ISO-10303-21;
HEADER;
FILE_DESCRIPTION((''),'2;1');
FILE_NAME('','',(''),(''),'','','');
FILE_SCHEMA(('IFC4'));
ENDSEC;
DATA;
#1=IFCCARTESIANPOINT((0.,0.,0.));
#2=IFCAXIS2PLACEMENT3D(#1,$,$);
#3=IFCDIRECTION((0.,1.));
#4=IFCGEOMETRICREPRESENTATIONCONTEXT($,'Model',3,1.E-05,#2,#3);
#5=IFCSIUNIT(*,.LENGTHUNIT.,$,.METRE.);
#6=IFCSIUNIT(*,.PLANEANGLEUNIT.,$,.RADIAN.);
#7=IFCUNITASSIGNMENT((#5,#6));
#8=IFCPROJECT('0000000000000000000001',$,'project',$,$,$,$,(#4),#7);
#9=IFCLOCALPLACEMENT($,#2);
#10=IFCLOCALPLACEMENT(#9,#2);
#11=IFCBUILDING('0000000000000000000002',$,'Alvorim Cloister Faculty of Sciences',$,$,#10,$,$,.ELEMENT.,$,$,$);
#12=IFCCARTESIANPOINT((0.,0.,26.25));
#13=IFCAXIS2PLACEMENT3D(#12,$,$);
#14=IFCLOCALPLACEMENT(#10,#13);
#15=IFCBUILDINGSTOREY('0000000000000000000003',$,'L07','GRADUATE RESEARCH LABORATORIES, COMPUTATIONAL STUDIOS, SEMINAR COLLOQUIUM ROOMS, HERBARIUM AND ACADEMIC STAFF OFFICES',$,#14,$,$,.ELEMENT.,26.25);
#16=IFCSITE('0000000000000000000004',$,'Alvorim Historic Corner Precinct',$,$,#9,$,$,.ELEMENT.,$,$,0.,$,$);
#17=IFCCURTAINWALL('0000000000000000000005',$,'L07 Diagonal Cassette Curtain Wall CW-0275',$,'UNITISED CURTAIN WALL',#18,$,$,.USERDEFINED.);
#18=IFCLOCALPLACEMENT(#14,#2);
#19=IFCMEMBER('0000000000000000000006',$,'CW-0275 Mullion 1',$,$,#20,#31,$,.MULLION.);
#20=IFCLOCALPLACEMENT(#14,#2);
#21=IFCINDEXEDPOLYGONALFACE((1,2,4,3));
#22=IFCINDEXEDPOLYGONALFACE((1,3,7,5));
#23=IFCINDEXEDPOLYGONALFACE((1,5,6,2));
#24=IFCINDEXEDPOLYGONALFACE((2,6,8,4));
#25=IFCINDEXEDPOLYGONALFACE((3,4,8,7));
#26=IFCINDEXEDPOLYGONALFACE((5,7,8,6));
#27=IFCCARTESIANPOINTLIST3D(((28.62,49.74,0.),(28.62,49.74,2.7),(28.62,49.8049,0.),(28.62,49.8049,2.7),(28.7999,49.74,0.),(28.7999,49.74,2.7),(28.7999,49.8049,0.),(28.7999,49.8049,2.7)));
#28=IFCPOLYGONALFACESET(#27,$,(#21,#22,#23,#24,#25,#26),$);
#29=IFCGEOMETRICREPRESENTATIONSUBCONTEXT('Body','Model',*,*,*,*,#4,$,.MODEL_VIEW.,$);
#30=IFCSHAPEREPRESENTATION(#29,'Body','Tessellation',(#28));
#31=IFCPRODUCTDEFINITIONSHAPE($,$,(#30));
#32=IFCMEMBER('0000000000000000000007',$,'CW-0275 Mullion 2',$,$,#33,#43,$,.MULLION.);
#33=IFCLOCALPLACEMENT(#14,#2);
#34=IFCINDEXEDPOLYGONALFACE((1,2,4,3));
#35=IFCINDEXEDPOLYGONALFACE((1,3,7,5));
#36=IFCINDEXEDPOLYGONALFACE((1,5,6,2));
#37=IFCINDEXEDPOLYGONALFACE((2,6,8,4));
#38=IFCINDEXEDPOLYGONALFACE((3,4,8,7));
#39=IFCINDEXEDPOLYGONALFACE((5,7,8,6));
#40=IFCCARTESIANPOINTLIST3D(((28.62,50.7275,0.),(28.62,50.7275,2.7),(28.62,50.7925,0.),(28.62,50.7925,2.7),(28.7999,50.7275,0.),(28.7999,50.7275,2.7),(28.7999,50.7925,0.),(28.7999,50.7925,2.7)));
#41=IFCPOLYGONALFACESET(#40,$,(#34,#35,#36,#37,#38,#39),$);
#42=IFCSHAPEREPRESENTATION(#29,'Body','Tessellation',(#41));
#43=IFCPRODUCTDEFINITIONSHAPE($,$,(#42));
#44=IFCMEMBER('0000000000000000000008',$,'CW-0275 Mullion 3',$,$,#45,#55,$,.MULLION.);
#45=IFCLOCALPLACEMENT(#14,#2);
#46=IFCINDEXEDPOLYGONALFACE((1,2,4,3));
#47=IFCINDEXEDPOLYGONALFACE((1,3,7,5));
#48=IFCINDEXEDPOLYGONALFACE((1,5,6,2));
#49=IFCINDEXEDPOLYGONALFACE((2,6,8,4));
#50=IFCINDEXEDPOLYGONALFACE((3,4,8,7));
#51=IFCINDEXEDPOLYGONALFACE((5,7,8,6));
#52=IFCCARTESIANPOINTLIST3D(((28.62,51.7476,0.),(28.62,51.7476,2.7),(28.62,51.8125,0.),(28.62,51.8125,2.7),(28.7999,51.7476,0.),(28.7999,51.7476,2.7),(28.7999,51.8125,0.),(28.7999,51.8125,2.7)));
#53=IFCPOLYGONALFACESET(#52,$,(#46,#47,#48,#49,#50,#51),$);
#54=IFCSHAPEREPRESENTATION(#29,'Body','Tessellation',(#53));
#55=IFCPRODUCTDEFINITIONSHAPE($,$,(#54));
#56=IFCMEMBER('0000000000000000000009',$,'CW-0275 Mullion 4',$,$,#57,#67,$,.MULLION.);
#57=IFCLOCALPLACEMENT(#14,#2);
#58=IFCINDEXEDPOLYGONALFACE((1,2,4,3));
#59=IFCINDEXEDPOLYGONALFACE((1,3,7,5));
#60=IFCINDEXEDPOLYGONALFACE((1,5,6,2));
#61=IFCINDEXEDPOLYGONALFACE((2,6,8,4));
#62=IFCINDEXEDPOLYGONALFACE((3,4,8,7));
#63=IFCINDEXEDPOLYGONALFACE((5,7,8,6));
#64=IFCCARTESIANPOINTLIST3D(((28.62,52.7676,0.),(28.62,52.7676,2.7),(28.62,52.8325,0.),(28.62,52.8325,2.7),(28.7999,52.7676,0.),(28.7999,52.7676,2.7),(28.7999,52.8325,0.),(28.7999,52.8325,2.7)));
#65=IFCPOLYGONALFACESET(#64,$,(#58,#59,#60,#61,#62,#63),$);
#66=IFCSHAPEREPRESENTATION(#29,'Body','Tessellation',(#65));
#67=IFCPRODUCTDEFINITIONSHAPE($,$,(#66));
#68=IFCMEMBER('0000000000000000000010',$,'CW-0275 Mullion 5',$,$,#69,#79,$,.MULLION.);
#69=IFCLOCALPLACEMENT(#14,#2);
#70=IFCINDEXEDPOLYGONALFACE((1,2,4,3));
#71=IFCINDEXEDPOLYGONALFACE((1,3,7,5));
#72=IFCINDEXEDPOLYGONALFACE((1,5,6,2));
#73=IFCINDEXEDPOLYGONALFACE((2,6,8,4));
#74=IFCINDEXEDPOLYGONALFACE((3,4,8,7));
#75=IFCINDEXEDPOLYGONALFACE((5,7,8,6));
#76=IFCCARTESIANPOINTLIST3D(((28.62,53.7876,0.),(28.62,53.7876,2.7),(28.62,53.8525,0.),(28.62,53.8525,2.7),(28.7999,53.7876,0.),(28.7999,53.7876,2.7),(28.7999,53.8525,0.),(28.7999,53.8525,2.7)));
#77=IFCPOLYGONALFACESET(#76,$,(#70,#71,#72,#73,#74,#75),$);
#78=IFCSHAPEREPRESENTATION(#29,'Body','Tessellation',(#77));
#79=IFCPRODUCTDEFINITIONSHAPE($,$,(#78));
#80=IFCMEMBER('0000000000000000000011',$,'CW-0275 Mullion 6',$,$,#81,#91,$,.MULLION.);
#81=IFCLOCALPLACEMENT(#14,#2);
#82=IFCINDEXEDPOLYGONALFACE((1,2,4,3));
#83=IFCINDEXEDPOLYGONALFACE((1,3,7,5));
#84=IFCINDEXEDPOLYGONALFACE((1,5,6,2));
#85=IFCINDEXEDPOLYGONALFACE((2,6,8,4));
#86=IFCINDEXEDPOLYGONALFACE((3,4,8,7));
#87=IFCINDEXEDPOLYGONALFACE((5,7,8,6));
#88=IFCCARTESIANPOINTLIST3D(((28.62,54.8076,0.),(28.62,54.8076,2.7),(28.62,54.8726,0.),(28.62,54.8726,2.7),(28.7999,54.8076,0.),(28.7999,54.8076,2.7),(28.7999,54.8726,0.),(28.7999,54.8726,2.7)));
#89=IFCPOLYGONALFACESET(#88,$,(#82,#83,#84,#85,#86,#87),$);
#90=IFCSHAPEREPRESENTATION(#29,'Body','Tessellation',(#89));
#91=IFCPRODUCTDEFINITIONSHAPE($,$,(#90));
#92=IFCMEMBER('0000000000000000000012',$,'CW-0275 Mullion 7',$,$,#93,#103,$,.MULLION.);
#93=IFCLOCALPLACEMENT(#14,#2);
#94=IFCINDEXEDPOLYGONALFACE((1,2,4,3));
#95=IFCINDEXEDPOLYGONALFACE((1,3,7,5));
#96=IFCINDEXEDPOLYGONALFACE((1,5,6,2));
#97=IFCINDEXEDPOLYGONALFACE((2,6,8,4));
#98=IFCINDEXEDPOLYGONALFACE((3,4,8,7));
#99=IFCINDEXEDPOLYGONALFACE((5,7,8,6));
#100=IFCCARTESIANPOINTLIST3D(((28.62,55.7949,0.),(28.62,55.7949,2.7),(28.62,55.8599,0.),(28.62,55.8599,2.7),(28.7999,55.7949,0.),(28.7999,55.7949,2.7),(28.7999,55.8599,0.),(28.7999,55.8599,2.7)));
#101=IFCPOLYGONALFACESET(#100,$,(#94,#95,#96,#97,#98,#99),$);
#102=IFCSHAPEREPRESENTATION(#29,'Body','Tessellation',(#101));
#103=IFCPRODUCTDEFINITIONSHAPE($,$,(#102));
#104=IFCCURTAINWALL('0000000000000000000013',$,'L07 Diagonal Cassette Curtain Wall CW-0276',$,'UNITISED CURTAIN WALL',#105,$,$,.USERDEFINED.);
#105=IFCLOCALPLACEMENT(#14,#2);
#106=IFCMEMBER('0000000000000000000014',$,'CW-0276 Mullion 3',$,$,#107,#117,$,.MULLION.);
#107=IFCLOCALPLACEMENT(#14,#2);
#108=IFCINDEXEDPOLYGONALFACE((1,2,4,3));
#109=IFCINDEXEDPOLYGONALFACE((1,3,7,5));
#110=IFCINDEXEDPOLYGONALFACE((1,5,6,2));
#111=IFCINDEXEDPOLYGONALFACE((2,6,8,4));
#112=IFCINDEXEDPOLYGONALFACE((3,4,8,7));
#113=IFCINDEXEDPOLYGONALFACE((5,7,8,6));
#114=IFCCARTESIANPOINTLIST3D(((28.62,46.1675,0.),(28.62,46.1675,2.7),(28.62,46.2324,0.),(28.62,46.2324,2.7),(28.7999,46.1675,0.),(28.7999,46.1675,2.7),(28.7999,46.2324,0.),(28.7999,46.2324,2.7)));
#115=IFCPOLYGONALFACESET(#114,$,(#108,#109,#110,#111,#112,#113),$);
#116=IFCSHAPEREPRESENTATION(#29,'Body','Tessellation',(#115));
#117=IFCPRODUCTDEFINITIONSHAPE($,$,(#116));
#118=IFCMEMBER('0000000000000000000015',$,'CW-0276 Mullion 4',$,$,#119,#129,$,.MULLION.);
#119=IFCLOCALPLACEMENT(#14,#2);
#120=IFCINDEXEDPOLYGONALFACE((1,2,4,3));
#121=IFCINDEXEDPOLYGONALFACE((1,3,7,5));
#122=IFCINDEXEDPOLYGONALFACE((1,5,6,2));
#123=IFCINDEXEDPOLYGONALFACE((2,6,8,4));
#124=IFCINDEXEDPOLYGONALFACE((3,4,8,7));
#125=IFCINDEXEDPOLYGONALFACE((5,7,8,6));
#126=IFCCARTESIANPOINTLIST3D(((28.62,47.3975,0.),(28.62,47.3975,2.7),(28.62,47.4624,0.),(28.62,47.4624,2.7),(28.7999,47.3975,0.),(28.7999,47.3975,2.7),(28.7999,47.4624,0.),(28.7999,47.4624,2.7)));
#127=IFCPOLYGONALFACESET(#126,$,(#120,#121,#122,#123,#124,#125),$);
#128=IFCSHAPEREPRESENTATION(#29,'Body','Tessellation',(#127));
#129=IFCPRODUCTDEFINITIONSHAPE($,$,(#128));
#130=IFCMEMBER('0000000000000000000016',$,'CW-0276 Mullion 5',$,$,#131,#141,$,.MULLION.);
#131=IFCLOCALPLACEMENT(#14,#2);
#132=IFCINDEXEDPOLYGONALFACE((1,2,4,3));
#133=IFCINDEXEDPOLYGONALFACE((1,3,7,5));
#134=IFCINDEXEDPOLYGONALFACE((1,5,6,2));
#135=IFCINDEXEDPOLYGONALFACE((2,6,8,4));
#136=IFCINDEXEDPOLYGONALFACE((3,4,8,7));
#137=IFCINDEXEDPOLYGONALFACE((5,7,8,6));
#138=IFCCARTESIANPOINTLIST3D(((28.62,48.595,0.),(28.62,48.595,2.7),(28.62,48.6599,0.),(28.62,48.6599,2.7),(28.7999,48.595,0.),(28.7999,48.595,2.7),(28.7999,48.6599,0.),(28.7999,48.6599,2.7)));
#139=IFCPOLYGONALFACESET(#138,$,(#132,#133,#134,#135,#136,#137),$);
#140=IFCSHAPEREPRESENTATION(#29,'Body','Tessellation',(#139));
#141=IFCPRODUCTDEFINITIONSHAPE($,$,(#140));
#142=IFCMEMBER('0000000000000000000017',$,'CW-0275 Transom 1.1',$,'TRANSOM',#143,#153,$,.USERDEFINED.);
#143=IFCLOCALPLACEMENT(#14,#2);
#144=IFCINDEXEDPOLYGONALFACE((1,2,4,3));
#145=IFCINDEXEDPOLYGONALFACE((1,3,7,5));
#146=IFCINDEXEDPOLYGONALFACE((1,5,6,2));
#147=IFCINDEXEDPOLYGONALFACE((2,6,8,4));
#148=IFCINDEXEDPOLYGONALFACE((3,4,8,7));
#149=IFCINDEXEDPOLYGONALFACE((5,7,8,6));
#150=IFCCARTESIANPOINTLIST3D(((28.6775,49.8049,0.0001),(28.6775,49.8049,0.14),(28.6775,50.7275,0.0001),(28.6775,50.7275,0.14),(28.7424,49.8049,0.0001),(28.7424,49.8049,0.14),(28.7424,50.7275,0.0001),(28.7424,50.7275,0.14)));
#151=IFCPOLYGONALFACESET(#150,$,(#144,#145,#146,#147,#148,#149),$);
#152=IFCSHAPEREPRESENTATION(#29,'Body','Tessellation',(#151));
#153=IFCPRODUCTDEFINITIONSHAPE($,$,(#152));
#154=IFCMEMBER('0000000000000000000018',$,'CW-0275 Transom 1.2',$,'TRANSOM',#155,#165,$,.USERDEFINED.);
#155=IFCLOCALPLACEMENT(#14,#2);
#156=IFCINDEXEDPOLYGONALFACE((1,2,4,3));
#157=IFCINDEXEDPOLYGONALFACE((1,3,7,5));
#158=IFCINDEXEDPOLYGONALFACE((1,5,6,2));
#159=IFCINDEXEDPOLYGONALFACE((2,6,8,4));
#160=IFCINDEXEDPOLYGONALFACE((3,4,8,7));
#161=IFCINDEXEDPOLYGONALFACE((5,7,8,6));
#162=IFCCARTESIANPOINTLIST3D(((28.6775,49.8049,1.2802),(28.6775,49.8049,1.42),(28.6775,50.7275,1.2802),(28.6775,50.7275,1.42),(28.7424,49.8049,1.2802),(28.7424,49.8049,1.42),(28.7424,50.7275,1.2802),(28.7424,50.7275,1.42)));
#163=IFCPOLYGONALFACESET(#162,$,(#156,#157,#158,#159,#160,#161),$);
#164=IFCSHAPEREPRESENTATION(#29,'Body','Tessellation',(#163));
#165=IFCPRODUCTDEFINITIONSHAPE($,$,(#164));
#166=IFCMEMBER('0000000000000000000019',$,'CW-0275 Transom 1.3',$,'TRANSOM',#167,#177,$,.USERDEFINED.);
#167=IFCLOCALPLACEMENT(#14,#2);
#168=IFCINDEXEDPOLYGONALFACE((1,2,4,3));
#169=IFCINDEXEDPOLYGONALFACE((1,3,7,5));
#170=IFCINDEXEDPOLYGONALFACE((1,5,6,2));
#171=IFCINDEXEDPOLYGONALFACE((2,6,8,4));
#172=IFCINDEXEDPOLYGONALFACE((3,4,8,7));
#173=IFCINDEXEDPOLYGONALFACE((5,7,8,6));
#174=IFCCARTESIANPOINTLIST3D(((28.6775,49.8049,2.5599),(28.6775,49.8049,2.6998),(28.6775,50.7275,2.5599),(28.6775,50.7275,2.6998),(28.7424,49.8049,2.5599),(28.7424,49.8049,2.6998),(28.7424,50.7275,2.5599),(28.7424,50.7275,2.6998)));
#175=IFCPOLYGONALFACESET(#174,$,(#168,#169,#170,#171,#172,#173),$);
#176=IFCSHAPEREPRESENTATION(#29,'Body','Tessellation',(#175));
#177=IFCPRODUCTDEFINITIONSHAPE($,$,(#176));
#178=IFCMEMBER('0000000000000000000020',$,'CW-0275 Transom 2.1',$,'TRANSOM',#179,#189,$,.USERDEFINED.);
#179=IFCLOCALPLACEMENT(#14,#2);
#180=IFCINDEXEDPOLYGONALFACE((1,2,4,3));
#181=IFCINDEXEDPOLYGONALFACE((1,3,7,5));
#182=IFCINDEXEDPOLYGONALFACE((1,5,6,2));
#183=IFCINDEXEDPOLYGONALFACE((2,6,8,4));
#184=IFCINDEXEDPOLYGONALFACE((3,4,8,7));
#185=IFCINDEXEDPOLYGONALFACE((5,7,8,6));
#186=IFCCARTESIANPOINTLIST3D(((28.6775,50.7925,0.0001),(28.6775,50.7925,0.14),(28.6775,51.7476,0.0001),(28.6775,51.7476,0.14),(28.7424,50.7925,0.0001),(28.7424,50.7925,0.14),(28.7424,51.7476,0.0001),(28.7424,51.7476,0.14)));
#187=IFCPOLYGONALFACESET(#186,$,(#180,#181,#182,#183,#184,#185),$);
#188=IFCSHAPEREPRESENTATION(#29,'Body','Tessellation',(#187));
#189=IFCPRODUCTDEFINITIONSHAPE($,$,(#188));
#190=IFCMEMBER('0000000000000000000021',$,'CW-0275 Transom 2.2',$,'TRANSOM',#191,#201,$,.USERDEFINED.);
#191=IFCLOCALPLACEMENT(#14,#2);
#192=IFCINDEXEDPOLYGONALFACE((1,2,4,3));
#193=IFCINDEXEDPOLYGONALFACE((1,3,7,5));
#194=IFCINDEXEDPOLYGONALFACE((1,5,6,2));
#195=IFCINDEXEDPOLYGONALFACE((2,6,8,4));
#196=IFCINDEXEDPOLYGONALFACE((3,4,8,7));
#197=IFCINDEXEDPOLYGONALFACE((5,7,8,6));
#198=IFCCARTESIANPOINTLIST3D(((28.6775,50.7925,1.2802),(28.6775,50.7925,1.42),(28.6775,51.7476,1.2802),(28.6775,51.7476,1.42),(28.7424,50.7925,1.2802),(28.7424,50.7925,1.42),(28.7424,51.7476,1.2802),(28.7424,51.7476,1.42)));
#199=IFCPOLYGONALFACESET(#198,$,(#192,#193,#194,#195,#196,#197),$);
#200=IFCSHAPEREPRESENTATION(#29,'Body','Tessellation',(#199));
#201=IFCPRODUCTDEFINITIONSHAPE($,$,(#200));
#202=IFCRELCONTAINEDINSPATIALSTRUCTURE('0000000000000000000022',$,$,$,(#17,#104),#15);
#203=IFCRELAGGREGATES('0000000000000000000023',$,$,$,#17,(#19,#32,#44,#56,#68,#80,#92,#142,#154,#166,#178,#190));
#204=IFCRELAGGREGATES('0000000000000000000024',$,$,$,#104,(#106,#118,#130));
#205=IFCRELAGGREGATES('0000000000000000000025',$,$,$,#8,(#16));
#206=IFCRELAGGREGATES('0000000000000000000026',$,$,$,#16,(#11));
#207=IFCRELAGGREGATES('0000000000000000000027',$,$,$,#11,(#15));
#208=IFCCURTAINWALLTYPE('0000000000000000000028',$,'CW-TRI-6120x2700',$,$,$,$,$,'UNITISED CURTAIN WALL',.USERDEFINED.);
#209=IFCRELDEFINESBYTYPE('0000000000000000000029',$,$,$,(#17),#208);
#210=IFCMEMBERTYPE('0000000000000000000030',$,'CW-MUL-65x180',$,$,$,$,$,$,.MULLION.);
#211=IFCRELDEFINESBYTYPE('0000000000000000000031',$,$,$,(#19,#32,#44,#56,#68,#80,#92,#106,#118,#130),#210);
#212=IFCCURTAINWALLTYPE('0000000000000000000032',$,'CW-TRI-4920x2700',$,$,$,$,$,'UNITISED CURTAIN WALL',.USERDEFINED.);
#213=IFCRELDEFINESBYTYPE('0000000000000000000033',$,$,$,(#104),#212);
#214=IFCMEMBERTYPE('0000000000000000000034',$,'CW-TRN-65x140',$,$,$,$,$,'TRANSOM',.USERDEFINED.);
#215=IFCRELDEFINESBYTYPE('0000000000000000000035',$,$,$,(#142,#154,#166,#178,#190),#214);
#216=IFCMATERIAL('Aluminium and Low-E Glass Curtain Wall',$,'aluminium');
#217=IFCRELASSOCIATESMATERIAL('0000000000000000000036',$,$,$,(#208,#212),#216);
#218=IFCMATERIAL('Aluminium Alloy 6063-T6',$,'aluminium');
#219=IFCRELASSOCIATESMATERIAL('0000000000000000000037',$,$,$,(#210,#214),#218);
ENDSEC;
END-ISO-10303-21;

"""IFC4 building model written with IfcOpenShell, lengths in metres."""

from ifc_helpers import new_model, si_unit, direction, frame, origin, origin_2d, place, context, subcontext, project, spatial, rectangle, extrude, material, material_profile, profile_set, type_object, element, aggregate, save


model = new_model("IFC4")

# Units and contexts
model_context = context("Model", 3, precision=1e-05, world=origin(), true_north=direction((0.0, 1.0)))
body_context = subcontext(model_context, "Body", "Model", "MODEL_VIEW")
ifc_project = project(units=[si_unit("LENGTHUNIT", "METRE"), si_unit("PLANEANGLEUNIT", "RADIAN")], contexts=[model_context])

# Site, building, storey
site_placement = place(None, origin())
site = spatial("IfcSite", under=ifc_project, at=site_placement, Name="Alvorim Historic Corner Precinct", CompositionType="ELEMENT", RefElevation=0.0)
building_placement = place(site_placement, origin())
building = spatial("IfcBuilding", under=site, at=building_placement, Name="Alvorim Cloister Faculty of Sciences", CompositionType="ELEMENT")
storey_placement = place(building_placement, frame((0.0, 0.0, 26.25)))
storey = spatial("IfcBuildingStorey", under=building, at=storey_placement, Name="L07", Description="GRADUATE RESEARCH LABORATORIES, COMPUTATIONAL STUDIOS, SEMINAR COLLOQUIUM ROOMS, HERBARIUM AND ACADEMIC STAFF OFFICES", CompositionType="ELEMENT", Elevation=26.25)

# Curtain walls, members
ifc_material_1 = material(Name="Aluminium and Low-E Glass Curtain Wall", Category="aluminium")
curtain_wall_type_1 = type_object("IfcCurtainWallType", Name="CW-TRI-6120x2700", ElementType="UNITISED CURTAIN WALL", PredefinedType="USERDEFINED", material=ifc_material_1)
curtain_wall_1_placement = place(storey_placement, origin())
curtain_wall_1 = element("IfcCurtainWall", 1, at=curtain_wall_1_placement, inside=storey, type_object=curtain_wall_type_1, Name="L07 Diagonal Cassette Curtain Wall CW-0275", ObjectType="UNITISED CURTAIN WALL", PredefinedType="USERDEFINED")
ifc_material_2 = material(Name="Aluminium Alloy 6063-T6", Category="aluminium")
ifc_material_profile_1 = material_profile(ifc_material_2, rectangle(XDim=0.0649, YDim=0.1799, at=origin_2d()), Name="ALU-MUL-65x180")
ifc_profile_set_1 = profile_set([ifc_material_profile_1], Name="Aluminium Alloy 6063-T6")
member_type_1 = type_object("IfcMemberType", Name="CW-MUL-65x180", PredefinedType="MULLION", material=ifc_profile_set_1)
member_1_placement = place(storey_placement, frame((28.71, 49.7725, 0.0), z_axis=(0.0, 0.0, 1.0), x_axis=(0.0, 1.0, 0.0)))
member_1 = element("IfcMember", 2, at=member_1_placement, type_object=member_type_1, Name="CW-0275 Mullion 1", PredefinedType="MULLION", context=body_context, shape_type="SweptSolid", body=[
    extrude(rectangle(XDim=0.0649, YDim=0.1799, at=origin_2d()), origin(), (0.0, 0.0, 1.0), 2.7),
])
member_2_placement = place(storey_placement, frame((28.71, 50.76, 0.0), z_axis=(0.0, 0.0, 1.0), x_axis=(0.0, 1.0, 0.0)))
member_2 = element("IfcMember", 3, at=member_2_placement, type_object=member_type_1, Name="CW-0275 Mullion 2", PredefinedType="MULLION", context=body_context, shape_type="SweptSolid", body=[
    extrude(rectangle(XDim=0.0649, YDim=0.1799, at=origin_2d()), origin(), (0.0, 0.0, 1.0), 2.7),
])
member_3_placement = place(storey_placement, frame((28.71, 51.78, 0.0), z_axis=(0.0, 0.0, 1.0), x_axis=(0.0, 1.0, 0.0)))
member_3 = element("IfcMember", 4, at=member_3_placement, type_object=member_type_1, Name="CW-0275 Mullion 3", PredefinedType="MULLION", context=body_context, shape_type="SweptSolid", body=[
    extrude(rectangle(XDim=0.0649, YDim=0.1799, at=origin_2d()), origin(), (0.0, 0.0, 1.0), 2.7),
])
member_4_placement = place(storey_placement, frame((28.71, 52.8, 0.0), z_axis=(0.0, 0.0, 1.0), x_axis=(0.0, 1.0, 0.0)))
member_4 = element("IfcMember", 5, at=member_4_placement, type_object=member_type_1, Name="CW-0275 Mullion 4", PredefinedType="MULLION", context=body_context, shape_type="SweptSolid", body=[
    extrude(rectangle(XDim=0.0649, YDim=0.1799, at=origin_2d()), origin(), (0.0, 0.0, 1.0), 2.7),
])
member_5_placement = place(storey_placement, frame((28.71, 53.8201, 0.0), z_axis=(0.0, 0.0, 1.0), x_axis=(0.0, 1.0, 0.0)))
member_5 = element("IfcMember", 6, at=member_5_placement, type_object=member_type_1, Name="CW-0275 Mullion 5", PredefinedType="MULLION", context=body_context, shape_type="SweptSolid", body=[
    extrude(rectangle(XDim=0.0649, YDim=0.1799, at=origin_2d()), origin(), (0.0, 0.0, 1.0), 2.7),
])
member_6_placement = place(storey_placement, frame((28.71, 54.8401, 0.0), z_axis=(0.0, 0.0, 1.0), x_axis=(0.0, 1.0, 0.0)))
member_6 = element("IfcMember", 7, at=member_6_placement, type_object=member_type_1, Name="CW-0275 Mullion 6", PredefinedType="MULLION", context=body_context, shape_type="SweptSolid", body=[
    extrude(rectangle(XDim=0.0649, YDim=0.1799, at=origin_2d()), origin(), (0.0, 0.0, 1.0), 2.7),
])
member_7_placement = place(storey_placement, frame((28.71, 55.8274, 0.0), z_axis=(0.0, 0.0, 1.0), x_axis=(0.0, 1.0, 0.0)))
member_7 = element("IfcMember", 8, at=member_7_placement, type_object=member_type_1, Name="CW-0275 Mullion 7", PredefinedType="MULLION", context=body_context, shape_type="SweptSolid", body=[
    extrude(rectangle(XDim=0.0649, YDim=0.1799, at=origin_2d()), origin(), (0.0, 0.0, 1.0), 2.7),
])
curtain_wall_type_2 = type_object("IfcCurtainWallType", Name="CW-TRI-4920x2700", ElementType="UNITISED CURTAIN WALL", PredefinedType="USERDEFINED", material=ifc_material_1)
curtain_wall_2_placement = place(storey_placement, origin())
curtain_wall_2 = element("IfcCurtainWall", 9, at=curtain_wall_2_placement, inside=storey, type_object=curtain_wall_type_2, Name="L07 Diagonal Cassette Curtain Wall CW-0276", ObjectType="UNITISED CURTAIN WALL", PredefinedType="USERDEFINED")
member_8_placement = place(storey_placement, frame((28.71, 46.2, 0.0), z_axis=(0.0, 0.0, 1.0), x_axis=(0.0, 1.0, 0.0)))
member_8 = element("IfcMember", 10, at=member_8_placement, type_object=member_type_1, Name="CW-0276 Mullion 3", PredefinedType="MULLION", context=body_context, shape_type="SweptSolid", body=[
    extrude(rectangle(XDim=0.0649, YDim=0.1799, at=origin_2d()), origin(), (0.0, 0.0, 1.0), 2.7),
])
member_9_placement = place(storey_placement, frame((28.71, 47.4299, 0.0), z_axis=(0.0, 0.0, 1.0), x_axis=(0.0, 1.0, 0.0)))
member_9 = element("IfcMember", 11, at=member_9_placement, type_object=member_type_1, Name="CW-0276 Mullion 4", PredefinedType="MULLION", context=body_context, shape_type="SweptSolid", body=[
    extrude(rectangle(XDim=0.0649, YDim=0.1799, at=origin_2d()), origin(), (0.0, 0.0, 1.0), 2.7),
])
member_10_placement = place(storey_placement, frame((28.71, 48.6274, 0.0), z_axis=(0.0, 0.0, 1.0), x_axis=(0.0, 1.0, 0.0)))
member_10 = element("IfcMember", 12, at=member_10_placement, type_object=member_type_1, Name="CW-0276 Mullion 5", PredefinedType="MULLION", context=body_context, shape_type="SweptSolid", body=[
    extrude(rectangle(XDim=0.0649, YDim=0.1799, at=origin_2d()), origin(), (0.0, 0.0, 1.0), 2.7),
])

# Members
ifc_material_profile_2 = material_profile(ifc_material_2, rectangle(XDim=0.0649, YDim=0.1399, at=origin_2d()), Name="ALU-TRN-65x140")
ifc_profile_set_2 = profile_set([ifc_material_profile_2], Name="Aluminium Alloy 6063-T6")
member_type_2 = type_object("IfcMemberType", Name="CW-TRN-65x140", ElementType="TRANSOM", PredefinedType="USERDEFINED", material=ifc_profile_set_2)
member_11_placement = place(storey_placement, frame((28.71, 49.8049, 0.0701), z_axis=(0.0, 1.0, 0.0), x_axis=(-1.0, 0.0, 0.0)))
member_11 = element("IfcMember", 13, at=member_11_placement, type_object=member_type_2, Name="CW-0275 Transom 1.1", ObjectType="TRANSOM", PredefinedType="USERDEFINED", context=body_context, shape_type="SweptSolid", body=[
    extrude(rectangle(XDim=0.0649, YDim=0.1399, at=origin_2d()), origin(), (0.0, 0.0, 1.0), 0.9226),
])
member_12_placement = place(storey_placement, frame((28.71, 49.8049, 1.3501), z_axis=(0.0, 1.0, 0.0), x_axis=(-1.0, 0.0, 0.0)))
member_12 = element("IfcMember", 14, at=member_12_placement, type_object=member_type_2, Name="CW-0275 Transom 1.2", ObjectType="TRANSOM", PredefinedType="USERDEFINED", context=body_context, shape_type="SweptSolid", body=[
    extrude(rectangle(XDim=0.0649, YDim=0.1399, at=origin_2d()), origin(), (0.0, 0.0, 1.0), 0.9226),
])
member_13_placement = place(storey_placement, frame((28.71, 49.8049, 2.6299), z_axis=(0.0, 1.0, 0.0), x_axis=(-1.0, 0.0, 0.0)))
member_13 = element("IfcMember", 15, at=member_13_placement, type_object=member_type_2, Name="CW-0275 Transom 1.3", ObjectType="TRANSOM", PredefinedType="USERDEFINED", context=body_context, shape_type="SweptSolid", body=[
    extrude(rectangle(XDim=0.0649, YDim=0.1399, at=origin_2d()), origin(), (0.0, 0.0, 1.0), 0.9226),
])
member_14_placement = place(storey_placement, frame((28.71, 50.7925, 0.0701), z_axis=(0.0, 1.0, 0.0), x_axis=(-1.0, 0.0, 0.0)))
member_14 = element("IfcMember", 16, at=member_14_placement, type_object=member_type_2, Name="CW-0275 Transom 2.1", ObjectType="TRANSOM", PredefinedType="USERDEFINED", context=body_context, shape_type="SweptSolid", body=[
    extrude(rectangle(XDim=0.0649, YDim=0.1399, at=origin_2d()), origin(), (0.0, 0.0, 1.0), 0.9551),
])
member_15_placement = place(storey_placement, frame((28.71, 50.7925, 1.3501), z_axis=(0.0, 1.0, 0.0), x_axis=(-1.0, 0.0, 0.0)))
member_15 = element("IfcMember", 17, at=member_15_placement, type_object=member_type_2, Name="CW-0275 Transom 2.2", ObjectType="TRANSOM", PredefinedType="USERDEFINED", context=body_context, shape_type="SweptSolid", body=[
    extrude(rectangle(XDim=0.0649, YDim=0.1399, at=origin_2d()), origin(), (0.0, 0.0, 1.0), 0.9551),
])
aggregate(curtain_wall_1, [member_1, member_2, member_3, member_4, member_5, member_6, member_7, member_11, member_12, member_13, member_14, member_15])
aggregate(curtain_wall_2, [member_8, member_9, member_10])

save(model, "model.ifc")
